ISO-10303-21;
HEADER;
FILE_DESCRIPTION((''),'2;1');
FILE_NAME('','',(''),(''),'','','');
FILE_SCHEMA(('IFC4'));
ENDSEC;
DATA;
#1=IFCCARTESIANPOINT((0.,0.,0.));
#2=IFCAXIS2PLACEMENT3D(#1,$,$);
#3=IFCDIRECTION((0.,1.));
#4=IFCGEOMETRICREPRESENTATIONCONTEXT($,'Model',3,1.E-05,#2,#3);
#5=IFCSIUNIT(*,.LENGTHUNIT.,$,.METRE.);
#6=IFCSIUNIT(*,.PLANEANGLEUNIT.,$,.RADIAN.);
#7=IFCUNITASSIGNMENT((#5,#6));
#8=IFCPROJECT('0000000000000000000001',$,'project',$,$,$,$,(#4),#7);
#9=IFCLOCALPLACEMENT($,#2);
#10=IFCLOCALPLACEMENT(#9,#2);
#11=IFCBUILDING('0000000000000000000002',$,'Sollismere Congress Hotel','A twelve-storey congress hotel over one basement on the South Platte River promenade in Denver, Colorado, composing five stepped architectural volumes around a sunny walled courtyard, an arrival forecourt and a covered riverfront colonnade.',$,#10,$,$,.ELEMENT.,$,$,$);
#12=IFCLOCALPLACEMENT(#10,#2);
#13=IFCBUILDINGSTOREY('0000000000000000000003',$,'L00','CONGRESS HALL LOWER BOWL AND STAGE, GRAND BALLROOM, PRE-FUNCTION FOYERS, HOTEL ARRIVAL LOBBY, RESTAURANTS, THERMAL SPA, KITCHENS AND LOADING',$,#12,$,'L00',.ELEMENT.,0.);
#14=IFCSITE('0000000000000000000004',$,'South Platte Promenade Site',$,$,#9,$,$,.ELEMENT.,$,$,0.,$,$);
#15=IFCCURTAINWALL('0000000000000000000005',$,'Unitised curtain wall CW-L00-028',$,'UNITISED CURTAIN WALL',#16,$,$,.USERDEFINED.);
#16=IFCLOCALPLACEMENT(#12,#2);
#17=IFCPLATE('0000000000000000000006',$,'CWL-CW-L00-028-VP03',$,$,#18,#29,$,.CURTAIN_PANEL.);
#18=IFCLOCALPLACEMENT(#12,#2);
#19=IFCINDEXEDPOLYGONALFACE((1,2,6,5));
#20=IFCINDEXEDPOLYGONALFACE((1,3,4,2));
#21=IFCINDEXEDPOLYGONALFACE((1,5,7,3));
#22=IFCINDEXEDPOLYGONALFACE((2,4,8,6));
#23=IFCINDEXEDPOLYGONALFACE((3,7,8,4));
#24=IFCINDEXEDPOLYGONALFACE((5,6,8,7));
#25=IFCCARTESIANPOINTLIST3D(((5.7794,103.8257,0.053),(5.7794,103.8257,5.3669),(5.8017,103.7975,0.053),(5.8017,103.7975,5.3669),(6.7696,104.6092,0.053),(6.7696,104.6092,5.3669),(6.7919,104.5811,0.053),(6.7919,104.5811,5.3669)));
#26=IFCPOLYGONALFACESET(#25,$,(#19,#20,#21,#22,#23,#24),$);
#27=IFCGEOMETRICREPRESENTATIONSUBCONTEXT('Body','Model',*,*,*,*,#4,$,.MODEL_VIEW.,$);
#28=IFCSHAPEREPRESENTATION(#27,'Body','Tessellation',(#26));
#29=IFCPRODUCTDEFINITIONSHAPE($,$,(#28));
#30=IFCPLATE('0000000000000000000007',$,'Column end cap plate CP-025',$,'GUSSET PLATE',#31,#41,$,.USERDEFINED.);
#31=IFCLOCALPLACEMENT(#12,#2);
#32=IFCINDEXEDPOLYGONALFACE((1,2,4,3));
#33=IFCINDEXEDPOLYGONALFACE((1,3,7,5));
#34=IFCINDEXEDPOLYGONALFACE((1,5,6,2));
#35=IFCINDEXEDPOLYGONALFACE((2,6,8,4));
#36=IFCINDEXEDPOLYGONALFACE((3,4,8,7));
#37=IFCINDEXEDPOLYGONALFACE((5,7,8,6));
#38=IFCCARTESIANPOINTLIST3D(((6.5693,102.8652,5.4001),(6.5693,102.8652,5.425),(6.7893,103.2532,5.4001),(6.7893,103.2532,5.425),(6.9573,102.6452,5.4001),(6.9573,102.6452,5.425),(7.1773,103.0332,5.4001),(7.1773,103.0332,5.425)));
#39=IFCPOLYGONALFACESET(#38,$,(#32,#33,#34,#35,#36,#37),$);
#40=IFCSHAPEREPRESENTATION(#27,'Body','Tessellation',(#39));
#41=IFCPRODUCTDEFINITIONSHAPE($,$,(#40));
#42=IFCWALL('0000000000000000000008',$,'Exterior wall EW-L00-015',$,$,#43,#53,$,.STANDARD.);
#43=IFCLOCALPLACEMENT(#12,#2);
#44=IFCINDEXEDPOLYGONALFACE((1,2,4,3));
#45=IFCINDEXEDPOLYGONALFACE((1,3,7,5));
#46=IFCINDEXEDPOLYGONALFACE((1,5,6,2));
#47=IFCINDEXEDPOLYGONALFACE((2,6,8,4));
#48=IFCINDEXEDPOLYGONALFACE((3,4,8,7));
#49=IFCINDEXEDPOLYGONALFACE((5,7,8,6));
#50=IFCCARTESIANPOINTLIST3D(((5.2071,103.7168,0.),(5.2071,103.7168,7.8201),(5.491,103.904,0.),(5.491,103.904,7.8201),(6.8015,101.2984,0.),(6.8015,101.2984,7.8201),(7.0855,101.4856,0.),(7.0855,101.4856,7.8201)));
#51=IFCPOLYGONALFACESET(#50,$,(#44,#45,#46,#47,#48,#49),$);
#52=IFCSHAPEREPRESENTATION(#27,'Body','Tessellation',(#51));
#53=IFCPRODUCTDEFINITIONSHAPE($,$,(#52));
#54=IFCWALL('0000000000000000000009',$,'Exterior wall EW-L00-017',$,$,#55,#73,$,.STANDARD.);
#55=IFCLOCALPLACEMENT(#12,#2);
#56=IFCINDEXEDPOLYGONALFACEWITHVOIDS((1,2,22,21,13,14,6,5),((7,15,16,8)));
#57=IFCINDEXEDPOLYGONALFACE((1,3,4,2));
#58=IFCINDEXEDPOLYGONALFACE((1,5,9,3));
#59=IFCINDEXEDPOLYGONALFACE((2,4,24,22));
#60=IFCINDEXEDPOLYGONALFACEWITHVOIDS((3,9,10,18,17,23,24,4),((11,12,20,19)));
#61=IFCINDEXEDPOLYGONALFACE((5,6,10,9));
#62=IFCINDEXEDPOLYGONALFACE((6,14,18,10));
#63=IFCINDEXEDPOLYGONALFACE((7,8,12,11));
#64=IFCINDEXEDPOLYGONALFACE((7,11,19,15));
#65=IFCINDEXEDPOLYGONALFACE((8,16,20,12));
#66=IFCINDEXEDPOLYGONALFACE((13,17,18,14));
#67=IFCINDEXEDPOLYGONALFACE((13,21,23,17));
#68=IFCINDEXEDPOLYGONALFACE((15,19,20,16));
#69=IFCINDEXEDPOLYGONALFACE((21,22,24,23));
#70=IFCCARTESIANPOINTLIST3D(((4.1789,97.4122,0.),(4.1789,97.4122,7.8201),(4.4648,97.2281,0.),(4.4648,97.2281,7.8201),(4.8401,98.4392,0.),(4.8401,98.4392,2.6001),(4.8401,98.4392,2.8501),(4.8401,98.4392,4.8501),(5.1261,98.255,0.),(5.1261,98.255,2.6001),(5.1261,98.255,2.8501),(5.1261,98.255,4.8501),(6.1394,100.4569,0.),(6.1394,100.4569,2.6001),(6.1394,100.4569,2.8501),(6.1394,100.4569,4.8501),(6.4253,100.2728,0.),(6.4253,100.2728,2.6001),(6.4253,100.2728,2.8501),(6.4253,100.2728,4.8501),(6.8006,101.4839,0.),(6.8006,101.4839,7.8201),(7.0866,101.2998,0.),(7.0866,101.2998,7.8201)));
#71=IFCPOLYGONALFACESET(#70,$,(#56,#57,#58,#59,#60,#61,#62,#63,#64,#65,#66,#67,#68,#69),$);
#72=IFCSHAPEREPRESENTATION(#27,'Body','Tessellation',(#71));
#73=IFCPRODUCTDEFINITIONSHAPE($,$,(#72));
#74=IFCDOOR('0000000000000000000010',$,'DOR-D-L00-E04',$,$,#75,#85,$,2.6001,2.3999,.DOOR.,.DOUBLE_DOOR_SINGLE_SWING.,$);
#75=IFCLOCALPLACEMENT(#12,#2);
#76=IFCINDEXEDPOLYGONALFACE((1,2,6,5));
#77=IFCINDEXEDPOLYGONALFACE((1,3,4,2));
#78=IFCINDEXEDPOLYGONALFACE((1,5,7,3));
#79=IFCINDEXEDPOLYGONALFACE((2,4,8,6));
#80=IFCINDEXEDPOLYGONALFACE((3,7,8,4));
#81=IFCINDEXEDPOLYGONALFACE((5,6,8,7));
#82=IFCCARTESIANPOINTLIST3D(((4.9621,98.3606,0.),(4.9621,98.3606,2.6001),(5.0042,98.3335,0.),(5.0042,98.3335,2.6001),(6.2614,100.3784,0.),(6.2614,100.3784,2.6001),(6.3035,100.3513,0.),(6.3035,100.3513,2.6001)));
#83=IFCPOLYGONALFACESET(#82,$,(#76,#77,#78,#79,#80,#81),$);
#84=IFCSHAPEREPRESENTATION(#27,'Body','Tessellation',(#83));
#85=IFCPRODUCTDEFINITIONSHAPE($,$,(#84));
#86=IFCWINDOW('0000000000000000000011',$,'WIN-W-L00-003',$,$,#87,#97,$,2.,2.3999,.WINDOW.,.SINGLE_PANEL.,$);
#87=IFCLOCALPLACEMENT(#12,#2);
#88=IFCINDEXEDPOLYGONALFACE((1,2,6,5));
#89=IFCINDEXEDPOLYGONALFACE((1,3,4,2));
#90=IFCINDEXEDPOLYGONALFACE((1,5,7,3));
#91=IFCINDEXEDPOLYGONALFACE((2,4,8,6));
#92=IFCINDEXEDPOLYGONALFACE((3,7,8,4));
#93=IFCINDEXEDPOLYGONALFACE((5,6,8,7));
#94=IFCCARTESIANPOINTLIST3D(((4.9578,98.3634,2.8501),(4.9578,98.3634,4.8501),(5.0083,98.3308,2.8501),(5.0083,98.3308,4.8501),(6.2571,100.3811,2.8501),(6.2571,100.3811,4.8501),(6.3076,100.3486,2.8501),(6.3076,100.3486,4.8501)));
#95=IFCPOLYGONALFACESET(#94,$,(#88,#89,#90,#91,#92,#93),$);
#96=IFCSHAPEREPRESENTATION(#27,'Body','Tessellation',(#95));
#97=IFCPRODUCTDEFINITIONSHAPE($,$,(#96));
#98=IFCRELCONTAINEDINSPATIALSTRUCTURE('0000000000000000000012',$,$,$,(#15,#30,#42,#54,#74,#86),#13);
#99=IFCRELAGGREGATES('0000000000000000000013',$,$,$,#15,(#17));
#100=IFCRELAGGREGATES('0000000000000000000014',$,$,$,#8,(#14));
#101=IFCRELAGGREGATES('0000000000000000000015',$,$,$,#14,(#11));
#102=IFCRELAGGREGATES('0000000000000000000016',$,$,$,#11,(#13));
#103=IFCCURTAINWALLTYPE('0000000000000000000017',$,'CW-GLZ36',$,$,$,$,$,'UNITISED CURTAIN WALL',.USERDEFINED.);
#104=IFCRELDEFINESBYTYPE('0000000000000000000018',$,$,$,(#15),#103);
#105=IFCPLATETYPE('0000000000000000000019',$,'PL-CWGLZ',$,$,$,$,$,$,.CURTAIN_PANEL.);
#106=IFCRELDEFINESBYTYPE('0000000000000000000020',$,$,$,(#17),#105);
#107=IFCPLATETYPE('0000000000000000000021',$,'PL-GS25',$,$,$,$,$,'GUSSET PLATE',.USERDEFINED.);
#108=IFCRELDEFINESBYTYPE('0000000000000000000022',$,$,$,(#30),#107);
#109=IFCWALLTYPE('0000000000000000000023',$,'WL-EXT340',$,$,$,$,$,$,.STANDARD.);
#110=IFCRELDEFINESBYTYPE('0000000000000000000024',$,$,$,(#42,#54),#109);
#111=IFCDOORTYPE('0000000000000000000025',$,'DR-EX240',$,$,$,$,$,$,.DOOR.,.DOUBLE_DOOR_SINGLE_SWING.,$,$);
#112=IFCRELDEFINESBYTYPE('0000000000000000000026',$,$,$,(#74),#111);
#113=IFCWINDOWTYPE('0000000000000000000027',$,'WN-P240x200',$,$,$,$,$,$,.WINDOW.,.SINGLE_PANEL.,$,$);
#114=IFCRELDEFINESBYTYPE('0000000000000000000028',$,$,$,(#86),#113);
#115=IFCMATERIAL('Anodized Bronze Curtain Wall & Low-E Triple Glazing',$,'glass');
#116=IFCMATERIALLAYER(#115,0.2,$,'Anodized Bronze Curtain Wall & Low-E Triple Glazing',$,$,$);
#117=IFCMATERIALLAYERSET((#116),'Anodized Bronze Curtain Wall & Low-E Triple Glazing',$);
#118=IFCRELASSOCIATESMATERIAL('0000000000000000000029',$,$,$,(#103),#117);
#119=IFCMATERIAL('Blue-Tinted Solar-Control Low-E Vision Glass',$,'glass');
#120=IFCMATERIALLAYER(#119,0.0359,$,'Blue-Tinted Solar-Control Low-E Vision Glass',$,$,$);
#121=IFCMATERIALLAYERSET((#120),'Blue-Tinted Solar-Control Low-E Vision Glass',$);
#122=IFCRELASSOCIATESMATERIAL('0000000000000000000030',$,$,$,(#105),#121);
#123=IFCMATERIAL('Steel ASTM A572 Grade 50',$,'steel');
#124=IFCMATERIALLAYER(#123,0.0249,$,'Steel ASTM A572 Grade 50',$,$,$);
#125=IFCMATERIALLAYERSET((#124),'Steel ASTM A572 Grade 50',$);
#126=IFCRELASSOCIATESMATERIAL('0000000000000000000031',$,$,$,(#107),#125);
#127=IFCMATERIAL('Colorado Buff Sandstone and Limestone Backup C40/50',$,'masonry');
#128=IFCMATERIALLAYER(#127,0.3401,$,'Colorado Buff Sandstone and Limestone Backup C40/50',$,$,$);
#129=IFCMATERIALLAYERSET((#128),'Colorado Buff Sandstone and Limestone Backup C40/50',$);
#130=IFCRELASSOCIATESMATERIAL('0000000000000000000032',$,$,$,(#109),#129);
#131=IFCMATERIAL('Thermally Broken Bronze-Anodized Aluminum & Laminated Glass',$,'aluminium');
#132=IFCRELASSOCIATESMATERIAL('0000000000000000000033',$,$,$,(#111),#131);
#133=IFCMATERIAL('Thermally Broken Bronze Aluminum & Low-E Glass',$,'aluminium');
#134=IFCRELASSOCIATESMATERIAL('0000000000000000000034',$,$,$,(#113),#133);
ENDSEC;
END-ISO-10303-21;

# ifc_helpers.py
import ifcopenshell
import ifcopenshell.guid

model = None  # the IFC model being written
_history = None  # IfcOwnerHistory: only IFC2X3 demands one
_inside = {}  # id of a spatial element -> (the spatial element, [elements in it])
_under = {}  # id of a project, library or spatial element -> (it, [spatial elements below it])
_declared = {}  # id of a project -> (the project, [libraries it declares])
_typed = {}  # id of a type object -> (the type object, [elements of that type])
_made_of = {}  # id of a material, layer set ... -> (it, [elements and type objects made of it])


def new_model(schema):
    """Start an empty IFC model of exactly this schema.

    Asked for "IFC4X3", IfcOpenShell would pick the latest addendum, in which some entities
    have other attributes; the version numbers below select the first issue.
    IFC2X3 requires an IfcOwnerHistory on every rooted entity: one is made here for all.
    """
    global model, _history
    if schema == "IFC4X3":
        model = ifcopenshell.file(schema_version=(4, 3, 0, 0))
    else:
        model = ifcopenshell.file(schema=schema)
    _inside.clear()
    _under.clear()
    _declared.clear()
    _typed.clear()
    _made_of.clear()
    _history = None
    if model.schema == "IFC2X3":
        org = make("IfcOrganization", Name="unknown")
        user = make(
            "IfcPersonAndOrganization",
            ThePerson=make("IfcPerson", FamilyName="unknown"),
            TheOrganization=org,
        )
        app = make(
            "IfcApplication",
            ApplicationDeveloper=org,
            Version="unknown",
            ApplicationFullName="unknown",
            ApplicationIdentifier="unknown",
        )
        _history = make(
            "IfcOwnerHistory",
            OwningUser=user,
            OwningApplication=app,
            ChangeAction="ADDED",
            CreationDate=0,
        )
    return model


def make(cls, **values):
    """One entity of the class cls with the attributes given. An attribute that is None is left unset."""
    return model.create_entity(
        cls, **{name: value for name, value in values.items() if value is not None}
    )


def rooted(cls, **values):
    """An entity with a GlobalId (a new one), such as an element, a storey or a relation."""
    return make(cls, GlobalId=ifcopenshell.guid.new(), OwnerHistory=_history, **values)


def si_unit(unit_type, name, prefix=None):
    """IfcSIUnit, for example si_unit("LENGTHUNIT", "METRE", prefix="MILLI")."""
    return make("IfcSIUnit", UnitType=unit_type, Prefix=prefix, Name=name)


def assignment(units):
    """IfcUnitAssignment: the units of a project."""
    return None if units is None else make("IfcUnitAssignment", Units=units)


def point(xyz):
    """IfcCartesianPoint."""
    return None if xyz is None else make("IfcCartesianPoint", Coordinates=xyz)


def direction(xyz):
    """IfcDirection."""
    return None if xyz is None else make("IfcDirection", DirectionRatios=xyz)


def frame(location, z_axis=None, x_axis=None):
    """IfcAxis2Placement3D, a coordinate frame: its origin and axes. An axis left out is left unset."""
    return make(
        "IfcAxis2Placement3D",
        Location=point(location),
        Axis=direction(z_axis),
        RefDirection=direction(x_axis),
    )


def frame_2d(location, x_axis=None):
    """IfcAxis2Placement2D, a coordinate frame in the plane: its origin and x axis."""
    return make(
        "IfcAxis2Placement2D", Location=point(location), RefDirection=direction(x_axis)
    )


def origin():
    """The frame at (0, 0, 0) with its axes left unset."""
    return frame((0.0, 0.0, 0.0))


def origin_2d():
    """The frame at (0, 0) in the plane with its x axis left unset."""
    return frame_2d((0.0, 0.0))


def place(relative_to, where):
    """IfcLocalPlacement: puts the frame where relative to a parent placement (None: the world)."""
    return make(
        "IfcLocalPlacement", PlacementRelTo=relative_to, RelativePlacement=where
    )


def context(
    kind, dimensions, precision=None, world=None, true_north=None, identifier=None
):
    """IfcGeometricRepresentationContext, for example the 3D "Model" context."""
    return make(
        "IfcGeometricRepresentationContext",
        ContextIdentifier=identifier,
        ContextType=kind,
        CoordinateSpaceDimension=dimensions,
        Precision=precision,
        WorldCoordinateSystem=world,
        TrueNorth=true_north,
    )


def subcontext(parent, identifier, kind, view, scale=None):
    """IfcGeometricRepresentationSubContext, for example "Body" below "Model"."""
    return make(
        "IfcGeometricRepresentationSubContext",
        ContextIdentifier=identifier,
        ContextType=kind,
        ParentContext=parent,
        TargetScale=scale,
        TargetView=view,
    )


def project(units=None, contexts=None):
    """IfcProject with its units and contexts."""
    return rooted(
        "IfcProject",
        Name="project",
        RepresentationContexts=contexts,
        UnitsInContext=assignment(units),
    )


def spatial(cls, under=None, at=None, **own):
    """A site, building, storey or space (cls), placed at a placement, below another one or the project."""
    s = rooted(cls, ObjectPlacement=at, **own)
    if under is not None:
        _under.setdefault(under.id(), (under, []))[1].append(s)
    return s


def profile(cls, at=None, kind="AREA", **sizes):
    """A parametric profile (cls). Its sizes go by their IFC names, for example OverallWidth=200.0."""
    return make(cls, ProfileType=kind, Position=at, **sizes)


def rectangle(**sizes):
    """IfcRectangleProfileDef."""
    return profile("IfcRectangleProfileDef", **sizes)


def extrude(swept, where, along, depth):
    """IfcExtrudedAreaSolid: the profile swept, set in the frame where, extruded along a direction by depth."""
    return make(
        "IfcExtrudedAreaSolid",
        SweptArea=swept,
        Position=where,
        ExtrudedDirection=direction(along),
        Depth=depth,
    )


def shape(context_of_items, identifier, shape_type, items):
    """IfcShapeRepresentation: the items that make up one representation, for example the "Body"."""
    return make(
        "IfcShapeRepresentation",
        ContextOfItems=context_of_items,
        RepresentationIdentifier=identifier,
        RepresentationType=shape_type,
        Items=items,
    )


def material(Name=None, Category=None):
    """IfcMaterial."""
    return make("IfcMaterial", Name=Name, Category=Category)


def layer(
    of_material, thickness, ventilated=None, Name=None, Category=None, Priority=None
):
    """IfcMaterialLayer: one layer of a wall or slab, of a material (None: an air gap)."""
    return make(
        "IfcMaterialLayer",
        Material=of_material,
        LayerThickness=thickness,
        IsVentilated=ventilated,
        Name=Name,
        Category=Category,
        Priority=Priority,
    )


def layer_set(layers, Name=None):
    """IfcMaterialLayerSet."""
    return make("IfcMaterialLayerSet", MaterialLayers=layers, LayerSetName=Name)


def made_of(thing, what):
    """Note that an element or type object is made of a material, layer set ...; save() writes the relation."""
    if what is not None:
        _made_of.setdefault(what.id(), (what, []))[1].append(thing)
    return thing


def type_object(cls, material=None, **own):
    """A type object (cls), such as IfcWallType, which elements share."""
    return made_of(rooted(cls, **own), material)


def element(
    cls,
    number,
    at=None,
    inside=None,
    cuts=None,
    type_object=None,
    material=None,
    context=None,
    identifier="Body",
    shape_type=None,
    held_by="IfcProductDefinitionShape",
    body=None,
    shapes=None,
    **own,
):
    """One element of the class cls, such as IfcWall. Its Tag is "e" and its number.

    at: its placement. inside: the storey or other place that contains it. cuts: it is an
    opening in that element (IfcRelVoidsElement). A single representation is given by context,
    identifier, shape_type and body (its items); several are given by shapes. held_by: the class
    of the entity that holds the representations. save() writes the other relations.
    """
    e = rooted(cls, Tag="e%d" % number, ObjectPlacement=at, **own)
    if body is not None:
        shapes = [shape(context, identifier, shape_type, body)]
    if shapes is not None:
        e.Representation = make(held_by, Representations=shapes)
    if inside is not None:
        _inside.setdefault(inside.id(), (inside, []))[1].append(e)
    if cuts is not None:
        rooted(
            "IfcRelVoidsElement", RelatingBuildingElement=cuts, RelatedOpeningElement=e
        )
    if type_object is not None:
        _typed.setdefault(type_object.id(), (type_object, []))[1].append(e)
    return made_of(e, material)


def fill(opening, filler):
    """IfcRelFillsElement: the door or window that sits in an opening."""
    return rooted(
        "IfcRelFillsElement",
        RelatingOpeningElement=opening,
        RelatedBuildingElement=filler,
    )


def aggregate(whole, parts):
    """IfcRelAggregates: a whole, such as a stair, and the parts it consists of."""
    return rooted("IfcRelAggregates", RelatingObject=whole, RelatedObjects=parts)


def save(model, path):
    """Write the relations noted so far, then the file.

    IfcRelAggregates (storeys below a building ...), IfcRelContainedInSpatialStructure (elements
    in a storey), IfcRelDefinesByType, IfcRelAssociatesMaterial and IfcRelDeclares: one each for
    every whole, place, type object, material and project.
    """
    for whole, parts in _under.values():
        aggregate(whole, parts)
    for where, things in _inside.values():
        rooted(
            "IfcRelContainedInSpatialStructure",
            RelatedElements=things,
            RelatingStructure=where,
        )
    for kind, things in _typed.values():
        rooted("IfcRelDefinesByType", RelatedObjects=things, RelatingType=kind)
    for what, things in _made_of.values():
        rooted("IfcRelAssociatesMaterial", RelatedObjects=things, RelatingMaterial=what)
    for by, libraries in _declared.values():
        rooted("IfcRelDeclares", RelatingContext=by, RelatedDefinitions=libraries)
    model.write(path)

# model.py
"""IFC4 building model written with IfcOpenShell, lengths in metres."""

from ifc_helpers import new_model, si_unit, direction, frame, frame_2d, origin, origin_2d, place, context, subcontext, project, spatial, rectangle, extrude, material, layer, layer_set, type_object, element, fill, aggregate, save


model = new_model("IFC4")

# Units and contexts
model_context = context("Model", 3, precision=1e-05, world=origin(), true_north=direction((0.0, 1.0)))
body_context = subcontext(model_context, "Body", "Model", "MODEL_VIEW")
ifc_project = project(units=[si_unit("LENGTHUNIT", "METRE"), si_unit("PLANEANGLEUNIT", "RADIAN")], contexts=[model_context])

# Site, building, storey
site_placement = place(None, origin())
site = spatial("IfcSite", under=ifc_project, at=site_placement, Name="South Platte Promenade Site", CompositionType="ELEMENT", RefElevation=0.0)
building_placement = place(site_placement, origin())
building = spatial("IfcBuilding", under=site, at=building_placement, Name="Sollismere Congress Hotel", Description="A twelve-storey congress hotel over one basement on the South Platte River promenade in Denver, Colorado, composing five stepped architectural volumes around a sunny walled courtyard, an arrival forecourt and a covered riverfront colonnade.", CompositionType="ELEMENT")
storey_placement = place(building_placement, origin())
storey = spatial("IfcBuildingStorey", under=building, at=storey_placement, Name="L00", Description="CONGRESS HALL LOWER BOWL AND STAGE, GRAND BALLROOM, PRE-FUNCTION FOYERS, HOTEL ARRIVAL LOBBY, RESTAURANTS, THERMAL SPA, KITCHENS AND LOADING", LongName="L00", CompositionType="ELEMENT", Elevation=0.0)

# Curtain wall
ifc_material_1 = material(Name="Anodized Bronze Curtain Wall & Low-E Triple Glazing", Category="glass")
ifc_layer_1 = layer(ifc_material_1, 0.2, Name="Anodized Bronze Curtain Wall & Low-E Triple Glazing")
ifc_layer_set_1 = layer_set([ifc_layer_1], Name="Anodized Bronze Curtain Wall & Low-E Triple Glazing")
curtain_wall_type = type_object("IfcCurtainWallType", Name="CW-GLZ36", ElementType="UNITISED CURTAIN WALL", PredefinedType="USERDEFINED", material=ifc_layer_set_1)
curtain_wall_1_placement = place(storey_placement, origin())
curtain_wall_1 = element("IfcCurtainWall", 1, at=curtain_wall_1_placement, inside=storey, type_object=curtain_wall_type, Name="Unitised curtain wall CW-L00-028", ObjectType="UNITISED CURTAIN WALL", PredefinedType="USERDEFINED")

# Plates
ifc_material_2 = material(Name="Blue-Tinted Solar-Control Low-E Vision Glass", Category="glass")
ifc_layer_2 = layer(ifc_material_2, 0.0359, Name="Blue-Tinted Solar-Control Low-E Vision Glass")
ifc_layer_set_2 = layer_set([ifc_layer_2], Name="Blue-Tinted Solar-Control Low-E Vision Glass")
plate_type_1 = type_object("IfcPlateType", Name="PL-CWGLZ", PredefinedType="CURTAIN_PANEL", material=ifc_layer_set_2)
plate_1_placement = place(storey_placement, frame((6.2856, 104.2034, 0.053), z_axis=(0.0, 0.0, 1.0), x_axis=(-0.784181, -0.620532, 0.0)))
plate_1 = element("IfcPlate", 2, at=plate_1_placement, type_object=plate_type_1, Name="CWL-CW-L00-028-VP03", PredefinedType="CURTAIN_PANEL", context=body_context, shape_type="SweptSolid", body=[
    extrude(rectangle(XDim=1.2627, YDim=0.0359, at=origin_2d()), origin(), (0.0, 0.0, 1.0), 5.314),
])
aggregate(curtain_wall_1, [plate_1])
ifc_material_3 = material(Name="Steel ASTM A572 Grade 50", Category="steel")
ifc_layer_3 = layer(ifc_material_3, 0.0249, Name="Steel ASTM A572 Grade 50")
ifc_layer_set_3 = layer_set([ifc_layer_3], Name="Steel ASTM A572 Grade 50")
plate_type_2 = type_object("IfcPlateType", Name="PL-GS25", ElementType="GUSSET PLATE", PredefinedType="USERDEFINED", material=ifc_layer_set_3)
plate_2_placement = place(storey_placement, frame((6.8733, 102.9492, 5.4001), z_axis=(0.0, 0.0, 1.0), x_axis=(-0.86984, 0.493335, 0.0)))
element("IfcPlate", 3, at=plate_2_placement, inside=storey, type_object=plate_type_2, Name="Column end cap plate CP-025", ObjectType="GUSSET PLATE", PredefinedType="USERDEFINED", context=body_context, shape_type="SweptSolid", body=[
    extrude(rectangle(XDim=0.446, YDim=0.446, at=origin_2d()), origin(), (0.0, 0.0, 1.0), 0.0249),
])

# Wall
ifc_material_4 = material(Name="Colorado Buff Sandstone and Limestone Backup C40/50", Category="masonry")
ifc_layer_4 = layer(ifc_material_4, 0.3401, Name="Colorado Buff Sandstone and Limestone Backup C40/50")
ifc_layer_set_4 = layer_set([ifc_layer_4], Name="Colorado Buff Sandstone and Limestone Backup C40/50")
wall_type = type_object("IfcWallType", Name="WL-EXT340", PredefinedType="STANDARD", material=ifc_layer_set_4)
wall_1_placement = place(storey_placement, frame((5.3491, 103.8103, 0.0), z_axis=(0.0, 0.0, 1.0), x_axis=(0.550434, -0.834879, 0.0)))
element("IfcWall", 4, at=wall_1_placement, inside=storey, type_object=wall_type, Name="Exterior wall EW-L00-015", PredefinedType="STANDARD", context=body_context, shape_type="SweptSolid", body=[
    extrude(rectangle(XDim=2.8967, YDim=0.3401, at=frame_2d((1.4482, 0.0))), origin(), (0.0, 0.0, 1.0), 7.8201),
])

# Wall, openings, door, window
wall_2_placement = place(storey_placement, frame((6.9436, 101.3918, 0.0), z_axis=(0.0, 0.0, 1.0), x_axis=(-0.541379, -0.840779, 0.0)))
wall_2 = element("IfcWall", 5, at=wall_2_placement, inside=storey, type_object=wall_type, Name="Exterior wall EW-L00-017", PredefinedType="STANDARD", context=body_context, shape_type="SweptSolid", body=[
    extrude(rectangle(XDim=4.8428, YDim=0.3401, at=frame_2d((2.4214, 0.0))), origin(), (0.0, 0.0, 1.0), 7.8201),
])
opening_1_placement = place(wall_2_placement, frame((1.2214, 0.0, 0.0)))
opening_1 = element("IfcOpeningElement", 6, at=opening_1_placement, cuts=wall_2, PredefinedType="OPENING", context=body_context, shape_type="SweptSolid", body=[
    extrude(rectangle(XDim=2.3999, YDim=2.6001, at=frame_2d((1.2, 1.3))), frame((0.0, 0.1799, 0.0), z_axis=(0.0, -1.0, 0.0), x_axis=(1.0, 0.0, 0.0)), (0.0, 0.0, 1.0), 0.3601),
])
opening_2_placement = place(wall_2_placement, frame((1.2214, 0.0, 2.8501)))
opening_2 = element("IfcOpeningElement", 7, at=opening_2_placement, cuts=wall_2, PredefinedType="OPENING", context=body_context, shape_type="SweptSolid", body=[
    extrude(rectangle(XDim=2.3999, YDim=2.0, at=frame_2d((1.2, 1.0))), frame((0.0, 0.1799, 0.0), z_axis=(0.0, -1.0, 0.0), x_axis=(1.0, 0.0, 0.0)), (0.0, 0.0, 1.0), 0.3601),
])
ifc_material_5 = material(Name="Thermally Broken Bronze-Anodized Aluminum & Laminated Glass", Category="aluminium")
door_type = type_object("IfcDoorType", Name="DR-EX240", OperationType="DOUBLE_DOOR_SINGLE_SWING", PredefinedType="DOOR", material=ifc_material_5)
door_placement = place(opening_1_placement, frame((2.3999, 0.0, 0.0), z_axis=(0.0, 0.0, 1.0), x_axis=(-1.0, 0.0, 0.0)))
door = element("IfcDoor", 8, at=door_placement, inside=storey, type_object=door_type, Name="DOR-D-L00-E04", OperationType="DOUBLE_DOOR_SINGLE_SWING", OverallHeight=2.6001, OverallWidth=2.3999, PredefinedType="DOOR", context=body_context, shape_type="SweptSolid", body=[
    extrude(rectangle(XDim=2.3999, YDim=2.6001, at=frame_2d((1.2, 1.3))), frame((0.0, 0.0249, 0.0), z_axis=(0.0, -1.0, 0.0), x_axis=(1.0, 0.0, 0.0)), (0.0, 0.0, 1.0), 0.05),
])
fill(opening_1, door)
ifc_material_6 = material(Name="Thermally Broken Bronze Aluminum & Low-E Glass", Category="aluminium")
window_type = type_object("IfcWindowType", Name="WN-P240x200", PartitioningType="SINGLE_PANEL", PredefinedType="WINDOW", material=ifc_material_6)
window_placement = place(opening_2_placement, origin())
window = element("IfcWindow", 9, at=window_placement, inside=storey, type_object=window_type, Name="WIN-W-L00-003", OverallHeight=2.0, OverallWidth=2.3999, PartitioningType="SINGLE_PANEL", PredefinedType="WINDOW", context=body_context, shape_type="SweptSolid", body=[
    extrude(rectangle(XDim=2.3999, YDim=2.0, at=frame_2d((1.2, 1.0))), frame((0.0, 0.03, 0.0), z_axis=(0.0, -1.0, 0.0), x_axis=(1.0, 0.0, 0.0)), (0.0, 0.0, 1.0), 0.0601),
])
fill(opening_2, window)

save(model, "model.ifc")
